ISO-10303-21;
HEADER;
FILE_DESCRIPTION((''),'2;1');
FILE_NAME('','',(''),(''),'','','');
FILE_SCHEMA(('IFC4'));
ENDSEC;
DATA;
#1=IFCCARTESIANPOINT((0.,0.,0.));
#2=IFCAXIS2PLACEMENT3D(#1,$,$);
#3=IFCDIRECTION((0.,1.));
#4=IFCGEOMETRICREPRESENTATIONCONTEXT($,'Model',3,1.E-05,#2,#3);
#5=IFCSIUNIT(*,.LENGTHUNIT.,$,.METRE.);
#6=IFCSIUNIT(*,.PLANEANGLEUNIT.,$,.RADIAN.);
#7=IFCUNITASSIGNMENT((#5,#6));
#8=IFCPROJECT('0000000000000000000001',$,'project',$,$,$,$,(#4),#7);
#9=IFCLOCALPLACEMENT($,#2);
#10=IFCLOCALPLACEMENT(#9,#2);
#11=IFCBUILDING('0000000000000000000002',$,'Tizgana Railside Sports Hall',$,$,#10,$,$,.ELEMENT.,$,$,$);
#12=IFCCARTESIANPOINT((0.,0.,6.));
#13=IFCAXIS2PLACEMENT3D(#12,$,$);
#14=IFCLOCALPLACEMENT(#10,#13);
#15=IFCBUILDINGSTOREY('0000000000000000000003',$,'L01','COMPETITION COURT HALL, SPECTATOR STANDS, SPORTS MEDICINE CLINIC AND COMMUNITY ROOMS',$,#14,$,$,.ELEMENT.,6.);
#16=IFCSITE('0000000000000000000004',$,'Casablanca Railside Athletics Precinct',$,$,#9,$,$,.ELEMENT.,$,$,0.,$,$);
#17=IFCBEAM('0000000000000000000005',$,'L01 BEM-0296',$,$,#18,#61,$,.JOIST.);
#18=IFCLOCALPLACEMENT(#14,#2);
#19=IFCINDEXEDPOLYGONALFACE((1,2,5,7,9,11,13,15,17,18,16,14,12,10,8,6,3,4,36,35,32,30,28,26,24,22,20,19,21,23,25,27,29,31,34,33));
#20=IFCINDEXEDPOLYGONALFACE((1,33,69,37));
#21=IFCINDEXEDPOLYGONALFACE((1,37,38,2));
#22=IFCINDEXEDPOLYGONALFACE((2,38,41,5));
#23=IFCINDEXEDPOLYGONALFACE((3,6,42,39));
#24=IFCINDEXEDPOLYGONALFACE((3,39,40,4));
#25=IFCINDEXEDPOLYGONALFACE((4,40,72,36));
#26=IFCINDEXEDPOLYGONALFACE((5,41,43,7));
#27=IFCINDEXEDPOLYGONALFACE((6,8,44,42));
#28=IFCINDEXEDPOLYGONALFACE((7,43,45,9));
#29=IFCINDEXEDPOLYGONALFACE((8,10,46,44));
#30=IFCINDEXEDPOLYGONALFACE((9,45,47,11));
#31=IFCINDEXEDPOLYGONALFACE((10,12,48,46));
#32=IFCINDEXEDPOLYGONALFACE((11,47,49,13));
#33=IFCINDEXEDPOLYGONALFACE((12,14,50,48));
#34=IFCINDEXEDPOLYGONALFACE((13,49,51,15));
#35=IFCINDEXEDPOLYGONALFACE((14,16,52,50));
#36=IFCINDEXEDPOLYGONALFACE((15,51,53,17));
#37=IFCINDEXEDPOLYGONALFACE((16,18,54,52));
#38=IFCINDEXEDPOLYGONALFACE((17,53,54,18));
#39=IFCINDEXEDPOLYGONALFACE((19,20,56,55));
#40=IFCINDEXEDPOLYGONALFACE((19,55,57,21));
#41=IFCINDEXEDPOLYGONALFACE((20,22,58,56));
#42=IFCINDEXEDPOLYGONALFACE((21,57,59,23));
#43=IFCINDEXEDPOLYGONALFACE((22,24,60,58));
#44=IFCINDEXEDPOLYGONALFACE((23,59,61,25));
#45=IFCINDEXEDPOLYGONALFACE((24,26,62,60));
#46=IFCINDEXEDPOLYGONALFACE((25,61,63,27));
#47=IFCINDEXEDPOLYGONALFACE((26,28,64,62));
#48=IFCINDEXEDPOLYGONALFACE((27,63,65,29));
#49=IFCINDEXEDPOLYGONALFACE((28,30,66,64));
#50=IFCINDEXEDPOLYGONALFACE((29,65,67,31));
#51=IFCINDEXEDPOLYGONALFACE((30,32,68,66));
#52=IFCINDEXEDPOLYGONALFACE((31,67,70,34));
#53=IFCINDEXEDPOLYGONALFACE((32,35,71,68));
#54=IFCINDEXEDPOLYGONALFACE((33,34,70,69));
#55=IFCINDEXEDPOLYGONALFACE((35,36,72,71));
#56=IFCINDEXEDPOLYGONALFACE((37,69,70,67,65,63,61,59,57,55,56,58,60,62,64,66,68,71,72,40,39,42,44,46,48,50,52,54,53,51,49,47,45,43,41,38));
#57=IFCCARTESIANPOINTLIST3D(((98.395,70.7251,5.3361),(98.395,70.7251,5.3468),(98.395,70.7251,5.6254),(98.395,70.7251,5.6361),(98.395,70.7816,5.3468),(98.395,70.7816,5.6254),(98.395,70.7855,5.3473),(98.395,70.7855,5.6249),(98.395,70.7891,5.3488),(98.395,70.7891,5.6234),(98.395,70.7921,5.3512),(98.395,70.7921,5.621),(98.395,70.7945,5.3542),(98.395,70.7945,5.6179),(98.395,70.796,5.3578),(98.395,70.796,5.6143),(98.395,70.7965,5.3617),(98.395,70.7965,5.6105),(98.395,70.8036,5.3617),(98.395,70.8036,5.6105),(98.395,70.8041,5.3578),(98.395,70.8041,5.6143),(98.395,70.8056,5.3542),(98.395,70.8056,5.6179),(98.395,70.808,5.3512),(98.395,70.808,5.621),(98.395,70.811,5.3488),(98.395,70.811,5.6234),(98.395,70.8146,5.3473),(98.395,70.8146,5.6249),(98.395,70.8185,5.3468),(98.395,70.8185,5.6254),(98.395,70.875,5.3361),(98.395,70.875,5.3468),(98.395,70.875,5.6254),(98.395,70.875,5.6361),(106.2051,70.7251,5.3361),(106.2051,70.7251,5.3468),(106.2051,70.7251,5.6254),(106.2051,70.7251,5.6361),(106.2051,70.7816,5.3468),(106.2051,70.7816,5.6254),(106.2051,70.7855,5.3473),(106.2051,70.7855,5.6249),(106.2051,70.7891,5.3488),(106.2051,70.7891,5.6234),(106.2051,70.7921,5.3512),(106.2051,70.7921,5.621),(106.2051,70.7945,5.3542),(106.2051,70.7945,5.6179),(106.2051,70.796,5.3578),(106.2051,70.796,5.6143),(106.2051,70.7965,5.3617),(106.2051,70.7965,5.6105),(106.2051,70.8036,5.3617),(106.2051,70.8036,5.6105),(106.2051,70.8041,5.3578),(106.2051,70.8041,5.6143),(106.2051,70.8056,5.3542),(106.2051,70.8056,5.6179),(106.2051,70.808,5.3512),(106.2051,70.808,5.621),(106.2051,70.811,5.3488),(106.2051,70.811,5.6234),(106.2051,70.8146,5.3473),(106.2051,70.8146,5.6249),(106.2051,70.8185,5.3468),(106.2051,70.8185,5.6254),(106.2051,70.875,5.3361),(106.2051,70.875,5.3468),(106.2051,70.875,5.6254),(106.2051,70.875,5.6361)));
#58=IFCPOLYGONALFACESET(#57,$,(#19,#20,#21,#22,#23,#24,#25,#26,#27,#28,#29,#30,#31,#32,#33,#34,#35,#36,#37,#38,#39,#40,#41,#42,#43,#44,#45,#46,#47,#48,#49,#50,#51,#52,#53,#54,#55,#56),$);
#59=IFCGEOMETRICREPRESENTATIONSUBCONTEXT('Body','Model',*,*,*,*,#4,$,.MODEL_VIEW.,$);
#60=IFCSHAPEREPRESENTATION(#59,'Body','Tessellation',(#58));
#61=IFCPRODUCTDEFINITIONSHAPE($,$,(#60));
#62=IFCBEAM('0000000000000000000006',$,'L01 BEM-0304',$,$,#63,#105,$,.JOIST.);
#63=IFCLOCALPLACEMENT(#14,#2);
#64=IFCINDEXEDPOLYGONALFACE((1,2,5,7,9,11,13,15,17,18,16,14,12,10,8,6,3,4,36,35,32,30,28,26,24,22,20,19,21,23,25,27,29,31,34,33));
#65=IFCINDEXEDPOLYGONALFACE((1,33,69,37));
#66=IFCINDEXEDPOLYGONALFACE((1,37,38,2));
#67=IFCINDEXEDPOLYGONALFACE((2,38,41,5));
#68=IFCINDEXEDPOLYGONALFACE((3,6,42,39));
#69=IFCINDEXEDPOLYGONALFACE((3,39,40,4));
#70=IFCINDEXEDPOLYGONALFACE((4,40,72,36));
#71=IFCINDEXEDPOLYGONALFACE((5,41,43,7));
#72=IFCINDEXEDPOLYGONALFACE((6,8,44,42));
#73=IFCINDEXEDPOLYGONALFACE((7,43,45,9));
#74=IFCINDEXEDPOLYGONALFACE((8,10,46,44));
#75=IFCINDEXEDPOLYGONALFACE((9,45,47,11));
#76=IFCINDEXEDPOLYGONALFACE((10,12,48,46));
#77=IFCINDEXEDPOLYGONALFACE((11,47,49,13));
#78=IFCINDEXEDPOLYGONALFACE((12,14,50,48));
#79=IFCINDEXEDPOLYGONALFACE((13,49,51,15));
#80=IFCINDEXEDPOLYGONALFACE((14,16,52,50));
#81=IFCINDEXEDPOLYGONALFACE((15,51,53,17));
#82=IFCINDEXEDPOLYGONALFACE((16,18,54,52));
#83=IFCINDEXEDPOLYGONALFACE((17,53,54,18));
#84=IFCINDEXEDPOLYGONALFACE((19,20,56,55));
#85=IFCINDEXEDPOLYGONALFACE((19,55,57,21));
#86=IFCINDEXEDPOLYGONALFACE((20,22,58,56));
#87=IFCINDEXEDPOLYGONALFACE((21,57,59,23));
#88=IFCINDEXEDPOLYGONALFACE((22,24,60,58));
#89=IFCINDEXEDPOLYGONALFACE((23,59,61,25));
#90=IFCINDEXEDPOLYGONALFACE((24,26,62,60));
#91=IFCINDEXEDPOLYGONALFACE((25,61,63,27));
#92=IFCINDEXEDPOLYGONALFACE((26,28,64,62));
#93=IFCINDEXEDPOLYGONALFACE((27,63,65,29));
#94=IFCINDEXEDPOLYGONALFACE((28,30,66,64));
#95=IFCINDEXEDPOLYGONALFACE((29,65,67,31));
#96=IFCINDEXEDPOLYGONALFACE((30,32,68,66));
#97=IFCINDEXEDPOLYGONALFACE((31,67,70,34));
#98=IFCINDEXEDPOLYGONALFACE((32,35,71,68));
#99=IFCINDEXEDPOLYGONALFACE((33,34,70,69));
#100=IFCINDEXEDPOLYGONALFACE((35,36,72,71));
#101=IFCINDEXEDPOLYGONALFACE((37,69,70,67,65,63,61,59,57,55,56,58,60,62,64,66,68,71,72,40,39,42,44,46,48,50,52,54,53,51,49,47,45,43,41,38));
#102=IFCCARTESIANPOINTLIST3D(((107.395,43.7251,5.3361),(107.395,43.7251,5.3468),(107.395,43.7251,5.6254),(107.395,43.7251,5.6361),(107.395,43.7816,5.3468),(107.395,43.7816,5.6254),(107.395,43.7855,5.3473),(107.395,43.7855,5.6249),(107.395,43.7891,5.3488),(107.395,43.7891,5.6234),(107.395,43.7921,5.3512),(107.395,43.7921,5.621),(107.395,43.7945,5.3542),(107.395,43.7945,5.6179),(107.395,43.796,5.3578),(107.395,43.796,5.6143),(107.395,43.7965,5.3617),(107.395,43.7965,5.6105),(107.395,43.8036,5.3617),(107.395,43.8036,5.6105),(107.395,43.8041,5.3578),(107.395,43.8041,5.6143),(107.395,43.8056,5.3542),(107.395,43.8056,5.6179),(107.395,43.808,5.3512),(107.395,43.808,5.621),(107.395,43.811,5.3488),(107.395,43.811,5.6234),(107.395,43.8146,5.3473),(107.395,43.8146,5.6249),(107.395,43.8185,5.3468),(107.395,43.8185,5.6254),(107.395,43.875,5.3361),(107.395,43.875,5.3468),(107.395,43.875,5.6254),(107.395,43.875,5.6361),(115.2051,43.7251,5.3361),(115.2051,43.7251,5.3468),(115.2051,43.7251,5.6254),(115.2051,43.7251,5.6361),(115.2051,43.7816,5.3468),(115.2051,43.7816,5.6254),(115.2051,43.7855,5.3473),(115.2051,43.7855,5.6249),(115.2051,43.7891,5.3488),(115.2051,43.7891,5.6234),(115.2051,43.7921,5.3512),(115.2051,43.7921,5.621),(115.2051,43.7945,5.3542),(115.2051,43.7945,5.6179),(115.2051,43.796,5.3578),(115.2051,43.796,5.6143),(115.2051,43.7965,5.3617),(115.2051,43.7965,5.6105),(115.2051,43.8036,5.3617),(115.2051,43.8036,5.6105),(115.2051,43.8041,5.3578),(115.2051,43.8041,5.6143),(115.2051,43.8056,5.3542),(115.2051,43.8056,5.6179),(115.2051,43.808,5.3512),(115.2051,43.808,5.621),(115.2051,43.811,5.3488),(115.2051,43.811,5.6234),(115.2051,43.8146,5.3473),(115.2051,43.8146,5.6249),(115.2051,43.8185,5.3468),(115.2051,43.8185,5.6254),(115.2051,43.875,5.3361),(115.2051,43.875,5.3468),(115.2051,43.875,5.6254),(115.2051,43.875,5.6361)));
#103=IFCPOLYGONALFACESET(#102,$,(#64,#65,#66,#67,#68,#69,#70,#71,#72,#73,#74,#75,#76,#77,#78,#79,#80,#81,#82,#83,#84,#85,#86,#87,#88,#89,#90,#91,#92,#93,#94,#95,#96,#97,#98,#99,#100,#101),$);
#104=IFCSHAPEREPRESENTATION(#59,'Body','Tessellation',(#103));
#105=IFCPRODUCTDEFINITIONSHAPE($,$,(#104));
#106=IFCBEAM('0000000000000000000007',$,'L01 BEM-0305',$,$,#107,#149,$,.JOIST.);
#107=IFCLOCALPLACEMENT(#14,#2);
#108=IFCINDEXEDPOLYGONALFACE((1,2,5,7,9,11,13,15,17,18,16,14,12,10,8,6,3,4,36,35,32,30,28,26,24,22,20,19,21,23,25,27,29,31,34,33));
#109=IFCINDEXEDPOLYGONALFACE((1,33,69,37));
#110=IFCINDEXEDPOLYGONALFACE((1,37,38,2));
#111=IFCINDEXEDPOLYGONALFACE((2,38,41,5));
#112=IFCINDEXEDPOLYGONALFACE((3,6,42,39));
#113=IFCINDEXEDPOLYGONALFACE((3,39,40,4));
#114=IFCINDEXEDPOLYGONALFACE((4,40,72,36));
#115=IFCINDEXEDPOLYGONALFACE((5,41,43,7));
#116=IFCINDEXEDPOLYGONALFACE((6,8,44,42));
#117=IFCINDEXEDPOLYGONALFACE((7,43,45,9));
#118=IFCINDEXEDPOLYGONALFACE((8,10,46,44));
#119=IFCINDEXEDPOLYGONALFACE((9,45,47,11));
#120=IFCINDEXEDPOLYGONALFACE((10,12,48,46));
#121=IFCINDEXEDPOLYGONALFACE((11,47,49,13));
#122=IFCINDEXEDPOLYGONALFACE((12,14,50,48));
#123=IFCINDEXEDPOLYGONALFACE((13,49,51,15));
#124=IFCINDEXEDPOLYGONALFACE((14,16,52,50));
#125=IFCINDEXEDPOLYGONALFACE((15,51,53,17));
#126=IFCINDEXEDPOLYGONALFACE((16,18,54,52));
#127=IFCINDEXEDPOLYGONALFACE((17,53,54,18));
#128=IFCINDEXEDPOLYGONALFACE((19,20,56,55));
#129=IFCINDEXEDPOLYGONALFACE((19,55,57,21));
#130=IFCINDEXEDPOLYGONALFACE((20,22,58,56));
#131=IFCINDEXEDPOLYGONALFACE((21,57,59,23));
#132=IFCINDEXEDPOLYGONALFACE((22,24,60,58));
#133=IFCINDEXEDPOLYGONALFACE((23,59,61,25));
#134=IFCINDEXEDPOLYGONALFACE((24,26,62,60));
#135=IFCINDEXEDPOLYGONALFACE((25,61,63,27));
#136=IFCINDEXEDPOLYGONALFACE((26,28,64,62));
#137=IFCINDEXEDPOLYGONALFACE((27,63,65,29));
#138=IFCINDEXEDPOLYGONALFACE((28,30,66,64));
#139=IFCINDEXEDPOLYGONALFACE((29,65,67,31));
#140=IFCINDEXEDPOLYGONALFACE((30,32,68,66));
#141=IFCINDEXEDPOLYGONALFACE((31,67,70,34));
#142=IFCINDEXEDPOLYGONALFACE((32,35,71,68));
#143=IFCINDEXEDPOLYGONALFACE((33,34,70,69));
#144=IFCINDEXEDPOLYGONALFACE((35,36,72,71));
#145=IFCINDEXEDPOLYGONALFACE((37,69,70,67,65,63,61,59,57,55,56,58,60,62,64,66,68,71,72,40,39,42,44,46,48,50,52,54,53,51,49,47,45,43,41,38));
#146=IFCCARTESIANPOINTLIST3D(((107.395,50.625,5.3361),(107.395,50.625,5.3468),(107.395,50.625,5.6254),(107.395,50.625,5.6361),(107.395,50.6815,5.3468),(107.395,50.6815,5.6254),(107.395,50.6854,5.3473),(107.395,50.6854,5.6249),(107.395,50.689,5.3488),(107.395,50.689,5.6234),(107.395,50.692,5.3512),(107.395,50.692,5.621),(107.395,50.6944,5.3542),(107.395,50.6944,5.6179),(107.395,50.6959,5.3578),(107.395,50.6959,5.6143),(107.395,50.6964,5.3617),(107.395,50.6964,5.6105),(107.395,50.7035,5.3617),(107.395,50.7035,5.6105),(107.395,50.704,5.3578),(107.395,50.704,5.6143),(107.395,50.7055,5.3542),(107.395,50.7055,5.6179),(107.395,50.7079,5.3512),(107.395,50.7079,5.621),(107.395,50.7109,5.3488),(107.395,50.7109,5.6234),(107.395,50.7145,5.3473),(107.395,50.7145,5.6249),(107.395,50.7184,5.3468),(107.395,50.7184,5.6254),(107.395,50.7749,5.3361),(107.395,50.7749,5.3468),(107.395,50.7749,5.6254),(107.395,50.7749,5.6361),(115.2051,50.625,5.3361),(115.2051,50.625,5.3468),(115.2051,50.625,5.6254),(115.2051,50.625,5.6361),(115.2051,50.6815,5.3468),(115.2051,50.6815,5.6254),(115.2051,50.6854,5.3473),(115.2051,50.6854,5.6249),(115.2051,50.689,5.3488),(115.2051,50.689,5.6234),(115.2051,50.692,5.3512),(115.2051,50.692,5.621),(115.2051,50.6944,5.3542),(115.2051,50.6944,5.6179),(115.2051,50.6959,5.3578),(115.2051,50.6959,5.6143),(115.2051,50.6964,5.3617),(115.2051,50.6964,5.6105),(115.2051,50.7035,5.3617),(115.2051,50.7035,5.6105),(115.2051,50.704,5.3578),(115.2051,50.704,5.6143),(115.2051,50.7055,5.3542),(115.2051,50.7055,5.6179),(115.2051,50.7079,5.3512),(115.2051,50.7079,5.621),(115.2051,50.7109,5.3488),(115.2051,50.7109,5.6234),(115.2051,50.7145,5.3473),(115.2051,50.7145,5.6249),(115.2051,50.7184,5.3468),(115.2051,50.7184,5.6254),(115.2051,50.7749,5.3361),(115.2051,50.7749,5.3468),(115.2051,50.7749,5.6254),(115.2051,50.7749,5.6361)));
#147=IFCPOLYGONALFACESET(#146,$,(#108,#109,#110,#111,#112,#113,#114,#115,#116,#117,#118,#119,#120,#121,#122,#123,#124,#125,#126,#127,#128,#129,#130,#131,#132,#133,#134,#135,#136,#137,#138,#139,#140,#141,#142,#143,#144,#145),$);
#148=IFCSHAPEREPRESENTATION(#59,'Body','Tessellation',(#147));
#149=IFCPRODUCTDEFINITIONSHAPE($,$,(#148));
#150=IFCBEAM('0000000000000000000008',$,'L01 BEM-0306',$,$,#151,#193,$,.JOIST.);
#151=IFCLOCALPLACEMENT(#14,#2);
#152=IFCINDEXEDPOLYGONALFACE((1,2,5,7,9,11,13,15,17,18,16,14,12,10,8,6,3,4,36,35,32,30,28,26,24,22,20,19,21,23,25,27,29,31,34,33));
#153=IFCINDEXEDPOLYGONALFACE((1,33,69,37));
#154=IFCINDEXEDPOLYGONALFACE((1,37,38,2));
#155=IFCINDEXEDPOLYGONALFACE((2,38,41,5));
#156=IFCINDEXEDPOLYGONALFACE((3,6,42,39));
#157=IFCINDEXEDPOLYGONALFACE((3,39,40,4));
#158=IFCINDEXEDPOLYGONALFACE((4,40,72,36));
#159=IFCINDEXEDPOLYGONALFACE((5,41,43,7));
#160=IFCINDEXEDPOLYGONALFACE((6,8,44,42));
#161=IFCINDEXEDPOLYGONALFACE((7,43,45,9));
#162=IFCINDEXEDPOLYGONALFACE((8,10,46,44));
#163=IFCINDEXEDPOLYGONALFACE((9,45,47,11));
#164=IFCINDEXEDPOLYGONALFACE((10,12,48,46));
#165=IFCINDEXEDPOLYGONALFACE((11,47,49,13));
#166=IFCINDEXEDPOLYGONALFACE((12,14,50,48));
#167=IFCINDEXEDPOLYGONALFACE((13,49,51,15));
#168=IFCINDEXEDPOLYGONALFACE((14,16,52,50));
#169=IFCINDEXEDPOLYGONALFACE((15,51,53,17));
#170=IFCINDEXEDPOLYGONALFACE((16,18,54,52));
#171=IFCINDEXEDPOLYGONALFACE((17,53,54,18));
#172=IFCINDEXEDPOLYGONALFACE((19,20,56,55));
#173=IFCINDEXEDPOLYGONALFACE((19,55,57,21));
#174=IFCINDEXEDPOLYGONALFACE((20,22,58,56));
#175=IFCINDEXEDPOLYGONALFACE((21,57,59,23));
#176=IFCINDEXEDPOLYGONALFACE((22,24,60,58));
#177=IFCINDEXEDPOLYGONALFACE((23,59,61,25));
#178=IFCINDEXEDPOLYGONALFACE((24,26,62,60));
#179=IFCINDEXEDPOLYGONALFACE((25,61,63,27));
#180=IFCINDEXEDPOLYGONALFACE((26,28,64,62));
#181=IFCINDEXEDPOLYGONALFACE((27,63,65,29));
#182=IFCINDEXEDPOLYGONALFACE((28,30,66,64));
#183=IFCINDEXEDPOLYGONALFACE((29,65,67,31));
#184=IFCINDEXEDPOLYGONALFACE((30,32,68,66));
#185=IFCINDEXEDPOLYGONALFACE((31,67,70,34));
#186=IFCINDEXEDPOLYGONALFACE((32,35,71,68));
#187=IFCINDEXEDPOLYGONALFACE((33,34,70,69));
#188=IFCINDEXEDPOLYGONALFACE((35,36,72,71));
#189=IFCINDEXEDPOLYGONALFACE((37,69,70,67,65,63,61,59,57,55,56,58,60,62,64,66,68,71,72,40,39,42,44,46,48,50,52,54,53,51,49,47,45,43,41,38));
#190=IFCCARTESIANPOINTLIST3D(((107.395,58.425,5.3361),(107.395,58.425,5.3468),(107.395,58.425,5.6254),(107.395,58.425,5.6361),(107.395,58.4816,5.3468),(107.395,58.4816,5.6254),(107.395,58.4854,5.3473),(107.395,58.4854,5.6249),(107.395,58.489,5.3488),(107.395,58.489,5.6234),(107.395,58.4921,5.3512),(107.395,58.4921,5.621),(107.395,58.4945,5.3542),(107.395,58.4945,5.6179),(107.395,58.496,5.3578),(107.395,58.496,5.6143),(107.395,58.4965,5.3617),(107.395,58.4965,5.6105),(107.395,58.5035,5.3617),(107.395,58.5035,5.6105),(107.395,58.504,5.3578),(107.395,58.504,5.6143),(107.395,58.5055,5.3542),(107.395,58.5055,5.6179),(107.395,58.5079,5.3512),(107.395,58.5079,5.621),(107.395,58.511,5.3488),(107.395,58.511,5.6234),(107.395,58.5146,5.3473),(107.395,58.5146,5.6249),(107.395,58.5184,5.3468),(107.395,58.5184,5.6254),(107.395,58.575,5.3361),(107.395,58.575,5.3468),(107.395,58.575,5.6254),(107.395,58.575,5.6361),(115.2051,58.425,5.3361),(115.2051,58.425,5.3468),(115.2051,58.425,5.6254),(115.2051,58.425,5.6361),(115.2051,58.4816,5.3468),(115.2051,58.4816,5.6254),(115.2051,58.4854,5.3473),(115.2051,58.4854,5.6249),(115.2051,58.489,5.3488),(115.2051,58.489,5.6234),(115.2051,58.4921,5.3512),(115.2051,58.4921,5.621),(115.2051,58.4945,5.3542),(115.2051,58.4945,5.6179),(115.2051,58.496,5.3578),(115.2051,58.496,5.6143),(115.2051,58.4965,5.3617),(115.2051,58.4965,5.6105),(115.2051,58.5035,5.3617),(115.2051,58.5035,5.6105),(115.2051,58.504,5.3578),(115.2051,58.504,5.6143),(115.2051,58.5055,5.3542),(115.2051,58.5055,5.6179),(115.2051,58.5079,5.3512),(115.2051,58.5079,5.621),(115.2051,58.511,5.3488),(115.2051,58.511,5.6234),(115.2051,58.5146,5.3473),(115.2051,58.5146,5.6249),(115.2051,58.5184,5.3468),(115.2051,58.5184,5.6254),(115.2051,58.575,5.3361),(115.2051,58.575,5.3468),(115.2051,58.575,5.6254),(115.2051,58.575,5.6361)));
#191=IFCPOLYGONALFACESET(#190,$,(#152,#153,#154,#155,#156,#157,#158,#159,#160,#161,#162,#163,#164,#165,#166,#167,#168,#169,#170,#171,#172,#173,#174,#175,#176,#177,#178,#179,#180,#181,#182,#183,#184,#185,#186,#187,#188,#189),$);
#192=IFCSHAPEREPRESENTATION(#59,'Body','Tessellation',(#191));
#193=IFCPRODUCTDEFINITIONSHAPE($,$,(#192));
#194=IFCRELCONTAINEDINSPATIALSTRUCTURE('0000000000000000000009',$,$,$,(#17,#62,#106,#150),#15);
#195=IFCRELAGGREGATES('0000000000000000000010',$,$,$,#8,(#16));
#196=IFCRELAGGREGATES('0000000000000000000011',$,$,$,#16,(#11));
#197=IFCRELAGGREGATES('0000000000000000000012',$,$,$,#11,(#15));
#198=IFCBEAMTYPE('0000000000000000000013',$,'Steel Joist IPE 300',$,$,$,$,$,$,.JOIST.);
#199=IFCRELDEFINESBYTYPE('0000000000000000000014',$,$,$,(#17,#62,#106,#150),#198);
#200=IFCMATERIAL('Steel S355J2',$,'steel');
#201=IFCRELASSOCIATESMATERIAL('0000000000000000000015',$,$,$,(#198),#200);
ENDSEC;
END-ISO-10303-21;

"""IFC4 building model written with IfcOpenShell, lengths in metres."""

from ifc_helpers import new_model, si_unit, direction, frame, origin, origin_2d, place, context, subcontext, project, spatial, i_section, extrude, material, material_profile, profile_set, type_object, element, save


model = new_model("IFC4")

# Units and contexts
model_context = context("Model", 3, precision=1e-05, world=origin(), true_north=direction((0.0, 1.0)))
body_context = subcontext(model_context, "Body", "Model", "MODEL_VIEW")
ifc_project = project(units=[si_unit("LENGTHUNIT", "METRE"), si_unit("PLANEANGLEUNIT", "RADIAN")], contexts=[model_context])

# Site, building, storey
site_placement = place(None, origin())
site = spatial("IfcSite", under=ifc_project, at=site_placement, Name="Casablanca Railside Athletics Precinct", CompositionType="ELEMENT", RefElevation=0.0)
building_placement = place(site_placement, origin())
building = spatial("IfcBuilding", under=site, at=building_placement, Name="Tizgana Railside Sports Hall", CompositionType="ELEMENT")
storey_placement = place(building_placement, frame((0.0, 0.0, 6.0)))
storey = spatial("IfcBuildingStorey", under=building, at=storey_placement, Name="L01", Description="COMPETITION COURT HALL, SPECTATOR STANDS, SPORTS MEDICINE CLINIC AND COMMUNITY ROOMS", CompositionType="ELEMENT", Elevation=6.0)

# Beams
ifc_material = material(Name="Steel S355J2", Category="steel")
ifc_material_profile_1 = material_profile(ifc_material, i_section(OverallWidth=0.1499, OverallDepth=0.3, WebThickness=0.0071, FlangeThickness=0.0107, FilletRadius=0.0149, at=origin_2d()), Name="IPE 300")
ifc_profile_set_1 = profile_set([ifc_material_profile_1], Name="Steel S355J2")
beam_type_1 = type_object("IfcBeamType", Name="Steel Joist IPE 300", PredefinedType="JOIST", material=ifc_profile_set_1)
for number, where, z_axis, x_axis, name in (
    (1, (98.395, 70.8, 5.4861), (1.0, 0.0, 0.0), (0.0, 1.0, 0.0), "L01 BEM-0296"),
    (2, (107.395, 43.8, 5.4861), (1.0, 0.0, 0.0), (0.0, 1.0, 0.0), "L01 BEM-0304"),
    (3, (107.395, 50.7, 5.4861), (1.0, 0.0, 0.0), (0.0, 1.0, 0.0), "L01 BEM-0305"),
    (4, (107.395, 58.5, 5.4861), (1.0, 0.0, 0.0), (0.0, 1.0, 0.0), "L01 BEM-0306"),
):
    element("IfcBeam", number, at=place(storey_placement, frame(where, z_axis=z_axis, x_axis=x_axis)), inside=storey, type_object=beam_type_1, Name=name, PredefinedType="JOIST", context=body_context, shape_type="SweptSolid", body=[
        extrude(i_section(OverallWidth=0.1499, OverallDepth=0.3, WebThickness=0.0071, FlangeThickness=0.0107, FilletRadius=0.0149, at=origin_2d()), origin(), (0.0, 0.0, 1.0), 7.8101),
    ])

save(model, "model.ifc")
